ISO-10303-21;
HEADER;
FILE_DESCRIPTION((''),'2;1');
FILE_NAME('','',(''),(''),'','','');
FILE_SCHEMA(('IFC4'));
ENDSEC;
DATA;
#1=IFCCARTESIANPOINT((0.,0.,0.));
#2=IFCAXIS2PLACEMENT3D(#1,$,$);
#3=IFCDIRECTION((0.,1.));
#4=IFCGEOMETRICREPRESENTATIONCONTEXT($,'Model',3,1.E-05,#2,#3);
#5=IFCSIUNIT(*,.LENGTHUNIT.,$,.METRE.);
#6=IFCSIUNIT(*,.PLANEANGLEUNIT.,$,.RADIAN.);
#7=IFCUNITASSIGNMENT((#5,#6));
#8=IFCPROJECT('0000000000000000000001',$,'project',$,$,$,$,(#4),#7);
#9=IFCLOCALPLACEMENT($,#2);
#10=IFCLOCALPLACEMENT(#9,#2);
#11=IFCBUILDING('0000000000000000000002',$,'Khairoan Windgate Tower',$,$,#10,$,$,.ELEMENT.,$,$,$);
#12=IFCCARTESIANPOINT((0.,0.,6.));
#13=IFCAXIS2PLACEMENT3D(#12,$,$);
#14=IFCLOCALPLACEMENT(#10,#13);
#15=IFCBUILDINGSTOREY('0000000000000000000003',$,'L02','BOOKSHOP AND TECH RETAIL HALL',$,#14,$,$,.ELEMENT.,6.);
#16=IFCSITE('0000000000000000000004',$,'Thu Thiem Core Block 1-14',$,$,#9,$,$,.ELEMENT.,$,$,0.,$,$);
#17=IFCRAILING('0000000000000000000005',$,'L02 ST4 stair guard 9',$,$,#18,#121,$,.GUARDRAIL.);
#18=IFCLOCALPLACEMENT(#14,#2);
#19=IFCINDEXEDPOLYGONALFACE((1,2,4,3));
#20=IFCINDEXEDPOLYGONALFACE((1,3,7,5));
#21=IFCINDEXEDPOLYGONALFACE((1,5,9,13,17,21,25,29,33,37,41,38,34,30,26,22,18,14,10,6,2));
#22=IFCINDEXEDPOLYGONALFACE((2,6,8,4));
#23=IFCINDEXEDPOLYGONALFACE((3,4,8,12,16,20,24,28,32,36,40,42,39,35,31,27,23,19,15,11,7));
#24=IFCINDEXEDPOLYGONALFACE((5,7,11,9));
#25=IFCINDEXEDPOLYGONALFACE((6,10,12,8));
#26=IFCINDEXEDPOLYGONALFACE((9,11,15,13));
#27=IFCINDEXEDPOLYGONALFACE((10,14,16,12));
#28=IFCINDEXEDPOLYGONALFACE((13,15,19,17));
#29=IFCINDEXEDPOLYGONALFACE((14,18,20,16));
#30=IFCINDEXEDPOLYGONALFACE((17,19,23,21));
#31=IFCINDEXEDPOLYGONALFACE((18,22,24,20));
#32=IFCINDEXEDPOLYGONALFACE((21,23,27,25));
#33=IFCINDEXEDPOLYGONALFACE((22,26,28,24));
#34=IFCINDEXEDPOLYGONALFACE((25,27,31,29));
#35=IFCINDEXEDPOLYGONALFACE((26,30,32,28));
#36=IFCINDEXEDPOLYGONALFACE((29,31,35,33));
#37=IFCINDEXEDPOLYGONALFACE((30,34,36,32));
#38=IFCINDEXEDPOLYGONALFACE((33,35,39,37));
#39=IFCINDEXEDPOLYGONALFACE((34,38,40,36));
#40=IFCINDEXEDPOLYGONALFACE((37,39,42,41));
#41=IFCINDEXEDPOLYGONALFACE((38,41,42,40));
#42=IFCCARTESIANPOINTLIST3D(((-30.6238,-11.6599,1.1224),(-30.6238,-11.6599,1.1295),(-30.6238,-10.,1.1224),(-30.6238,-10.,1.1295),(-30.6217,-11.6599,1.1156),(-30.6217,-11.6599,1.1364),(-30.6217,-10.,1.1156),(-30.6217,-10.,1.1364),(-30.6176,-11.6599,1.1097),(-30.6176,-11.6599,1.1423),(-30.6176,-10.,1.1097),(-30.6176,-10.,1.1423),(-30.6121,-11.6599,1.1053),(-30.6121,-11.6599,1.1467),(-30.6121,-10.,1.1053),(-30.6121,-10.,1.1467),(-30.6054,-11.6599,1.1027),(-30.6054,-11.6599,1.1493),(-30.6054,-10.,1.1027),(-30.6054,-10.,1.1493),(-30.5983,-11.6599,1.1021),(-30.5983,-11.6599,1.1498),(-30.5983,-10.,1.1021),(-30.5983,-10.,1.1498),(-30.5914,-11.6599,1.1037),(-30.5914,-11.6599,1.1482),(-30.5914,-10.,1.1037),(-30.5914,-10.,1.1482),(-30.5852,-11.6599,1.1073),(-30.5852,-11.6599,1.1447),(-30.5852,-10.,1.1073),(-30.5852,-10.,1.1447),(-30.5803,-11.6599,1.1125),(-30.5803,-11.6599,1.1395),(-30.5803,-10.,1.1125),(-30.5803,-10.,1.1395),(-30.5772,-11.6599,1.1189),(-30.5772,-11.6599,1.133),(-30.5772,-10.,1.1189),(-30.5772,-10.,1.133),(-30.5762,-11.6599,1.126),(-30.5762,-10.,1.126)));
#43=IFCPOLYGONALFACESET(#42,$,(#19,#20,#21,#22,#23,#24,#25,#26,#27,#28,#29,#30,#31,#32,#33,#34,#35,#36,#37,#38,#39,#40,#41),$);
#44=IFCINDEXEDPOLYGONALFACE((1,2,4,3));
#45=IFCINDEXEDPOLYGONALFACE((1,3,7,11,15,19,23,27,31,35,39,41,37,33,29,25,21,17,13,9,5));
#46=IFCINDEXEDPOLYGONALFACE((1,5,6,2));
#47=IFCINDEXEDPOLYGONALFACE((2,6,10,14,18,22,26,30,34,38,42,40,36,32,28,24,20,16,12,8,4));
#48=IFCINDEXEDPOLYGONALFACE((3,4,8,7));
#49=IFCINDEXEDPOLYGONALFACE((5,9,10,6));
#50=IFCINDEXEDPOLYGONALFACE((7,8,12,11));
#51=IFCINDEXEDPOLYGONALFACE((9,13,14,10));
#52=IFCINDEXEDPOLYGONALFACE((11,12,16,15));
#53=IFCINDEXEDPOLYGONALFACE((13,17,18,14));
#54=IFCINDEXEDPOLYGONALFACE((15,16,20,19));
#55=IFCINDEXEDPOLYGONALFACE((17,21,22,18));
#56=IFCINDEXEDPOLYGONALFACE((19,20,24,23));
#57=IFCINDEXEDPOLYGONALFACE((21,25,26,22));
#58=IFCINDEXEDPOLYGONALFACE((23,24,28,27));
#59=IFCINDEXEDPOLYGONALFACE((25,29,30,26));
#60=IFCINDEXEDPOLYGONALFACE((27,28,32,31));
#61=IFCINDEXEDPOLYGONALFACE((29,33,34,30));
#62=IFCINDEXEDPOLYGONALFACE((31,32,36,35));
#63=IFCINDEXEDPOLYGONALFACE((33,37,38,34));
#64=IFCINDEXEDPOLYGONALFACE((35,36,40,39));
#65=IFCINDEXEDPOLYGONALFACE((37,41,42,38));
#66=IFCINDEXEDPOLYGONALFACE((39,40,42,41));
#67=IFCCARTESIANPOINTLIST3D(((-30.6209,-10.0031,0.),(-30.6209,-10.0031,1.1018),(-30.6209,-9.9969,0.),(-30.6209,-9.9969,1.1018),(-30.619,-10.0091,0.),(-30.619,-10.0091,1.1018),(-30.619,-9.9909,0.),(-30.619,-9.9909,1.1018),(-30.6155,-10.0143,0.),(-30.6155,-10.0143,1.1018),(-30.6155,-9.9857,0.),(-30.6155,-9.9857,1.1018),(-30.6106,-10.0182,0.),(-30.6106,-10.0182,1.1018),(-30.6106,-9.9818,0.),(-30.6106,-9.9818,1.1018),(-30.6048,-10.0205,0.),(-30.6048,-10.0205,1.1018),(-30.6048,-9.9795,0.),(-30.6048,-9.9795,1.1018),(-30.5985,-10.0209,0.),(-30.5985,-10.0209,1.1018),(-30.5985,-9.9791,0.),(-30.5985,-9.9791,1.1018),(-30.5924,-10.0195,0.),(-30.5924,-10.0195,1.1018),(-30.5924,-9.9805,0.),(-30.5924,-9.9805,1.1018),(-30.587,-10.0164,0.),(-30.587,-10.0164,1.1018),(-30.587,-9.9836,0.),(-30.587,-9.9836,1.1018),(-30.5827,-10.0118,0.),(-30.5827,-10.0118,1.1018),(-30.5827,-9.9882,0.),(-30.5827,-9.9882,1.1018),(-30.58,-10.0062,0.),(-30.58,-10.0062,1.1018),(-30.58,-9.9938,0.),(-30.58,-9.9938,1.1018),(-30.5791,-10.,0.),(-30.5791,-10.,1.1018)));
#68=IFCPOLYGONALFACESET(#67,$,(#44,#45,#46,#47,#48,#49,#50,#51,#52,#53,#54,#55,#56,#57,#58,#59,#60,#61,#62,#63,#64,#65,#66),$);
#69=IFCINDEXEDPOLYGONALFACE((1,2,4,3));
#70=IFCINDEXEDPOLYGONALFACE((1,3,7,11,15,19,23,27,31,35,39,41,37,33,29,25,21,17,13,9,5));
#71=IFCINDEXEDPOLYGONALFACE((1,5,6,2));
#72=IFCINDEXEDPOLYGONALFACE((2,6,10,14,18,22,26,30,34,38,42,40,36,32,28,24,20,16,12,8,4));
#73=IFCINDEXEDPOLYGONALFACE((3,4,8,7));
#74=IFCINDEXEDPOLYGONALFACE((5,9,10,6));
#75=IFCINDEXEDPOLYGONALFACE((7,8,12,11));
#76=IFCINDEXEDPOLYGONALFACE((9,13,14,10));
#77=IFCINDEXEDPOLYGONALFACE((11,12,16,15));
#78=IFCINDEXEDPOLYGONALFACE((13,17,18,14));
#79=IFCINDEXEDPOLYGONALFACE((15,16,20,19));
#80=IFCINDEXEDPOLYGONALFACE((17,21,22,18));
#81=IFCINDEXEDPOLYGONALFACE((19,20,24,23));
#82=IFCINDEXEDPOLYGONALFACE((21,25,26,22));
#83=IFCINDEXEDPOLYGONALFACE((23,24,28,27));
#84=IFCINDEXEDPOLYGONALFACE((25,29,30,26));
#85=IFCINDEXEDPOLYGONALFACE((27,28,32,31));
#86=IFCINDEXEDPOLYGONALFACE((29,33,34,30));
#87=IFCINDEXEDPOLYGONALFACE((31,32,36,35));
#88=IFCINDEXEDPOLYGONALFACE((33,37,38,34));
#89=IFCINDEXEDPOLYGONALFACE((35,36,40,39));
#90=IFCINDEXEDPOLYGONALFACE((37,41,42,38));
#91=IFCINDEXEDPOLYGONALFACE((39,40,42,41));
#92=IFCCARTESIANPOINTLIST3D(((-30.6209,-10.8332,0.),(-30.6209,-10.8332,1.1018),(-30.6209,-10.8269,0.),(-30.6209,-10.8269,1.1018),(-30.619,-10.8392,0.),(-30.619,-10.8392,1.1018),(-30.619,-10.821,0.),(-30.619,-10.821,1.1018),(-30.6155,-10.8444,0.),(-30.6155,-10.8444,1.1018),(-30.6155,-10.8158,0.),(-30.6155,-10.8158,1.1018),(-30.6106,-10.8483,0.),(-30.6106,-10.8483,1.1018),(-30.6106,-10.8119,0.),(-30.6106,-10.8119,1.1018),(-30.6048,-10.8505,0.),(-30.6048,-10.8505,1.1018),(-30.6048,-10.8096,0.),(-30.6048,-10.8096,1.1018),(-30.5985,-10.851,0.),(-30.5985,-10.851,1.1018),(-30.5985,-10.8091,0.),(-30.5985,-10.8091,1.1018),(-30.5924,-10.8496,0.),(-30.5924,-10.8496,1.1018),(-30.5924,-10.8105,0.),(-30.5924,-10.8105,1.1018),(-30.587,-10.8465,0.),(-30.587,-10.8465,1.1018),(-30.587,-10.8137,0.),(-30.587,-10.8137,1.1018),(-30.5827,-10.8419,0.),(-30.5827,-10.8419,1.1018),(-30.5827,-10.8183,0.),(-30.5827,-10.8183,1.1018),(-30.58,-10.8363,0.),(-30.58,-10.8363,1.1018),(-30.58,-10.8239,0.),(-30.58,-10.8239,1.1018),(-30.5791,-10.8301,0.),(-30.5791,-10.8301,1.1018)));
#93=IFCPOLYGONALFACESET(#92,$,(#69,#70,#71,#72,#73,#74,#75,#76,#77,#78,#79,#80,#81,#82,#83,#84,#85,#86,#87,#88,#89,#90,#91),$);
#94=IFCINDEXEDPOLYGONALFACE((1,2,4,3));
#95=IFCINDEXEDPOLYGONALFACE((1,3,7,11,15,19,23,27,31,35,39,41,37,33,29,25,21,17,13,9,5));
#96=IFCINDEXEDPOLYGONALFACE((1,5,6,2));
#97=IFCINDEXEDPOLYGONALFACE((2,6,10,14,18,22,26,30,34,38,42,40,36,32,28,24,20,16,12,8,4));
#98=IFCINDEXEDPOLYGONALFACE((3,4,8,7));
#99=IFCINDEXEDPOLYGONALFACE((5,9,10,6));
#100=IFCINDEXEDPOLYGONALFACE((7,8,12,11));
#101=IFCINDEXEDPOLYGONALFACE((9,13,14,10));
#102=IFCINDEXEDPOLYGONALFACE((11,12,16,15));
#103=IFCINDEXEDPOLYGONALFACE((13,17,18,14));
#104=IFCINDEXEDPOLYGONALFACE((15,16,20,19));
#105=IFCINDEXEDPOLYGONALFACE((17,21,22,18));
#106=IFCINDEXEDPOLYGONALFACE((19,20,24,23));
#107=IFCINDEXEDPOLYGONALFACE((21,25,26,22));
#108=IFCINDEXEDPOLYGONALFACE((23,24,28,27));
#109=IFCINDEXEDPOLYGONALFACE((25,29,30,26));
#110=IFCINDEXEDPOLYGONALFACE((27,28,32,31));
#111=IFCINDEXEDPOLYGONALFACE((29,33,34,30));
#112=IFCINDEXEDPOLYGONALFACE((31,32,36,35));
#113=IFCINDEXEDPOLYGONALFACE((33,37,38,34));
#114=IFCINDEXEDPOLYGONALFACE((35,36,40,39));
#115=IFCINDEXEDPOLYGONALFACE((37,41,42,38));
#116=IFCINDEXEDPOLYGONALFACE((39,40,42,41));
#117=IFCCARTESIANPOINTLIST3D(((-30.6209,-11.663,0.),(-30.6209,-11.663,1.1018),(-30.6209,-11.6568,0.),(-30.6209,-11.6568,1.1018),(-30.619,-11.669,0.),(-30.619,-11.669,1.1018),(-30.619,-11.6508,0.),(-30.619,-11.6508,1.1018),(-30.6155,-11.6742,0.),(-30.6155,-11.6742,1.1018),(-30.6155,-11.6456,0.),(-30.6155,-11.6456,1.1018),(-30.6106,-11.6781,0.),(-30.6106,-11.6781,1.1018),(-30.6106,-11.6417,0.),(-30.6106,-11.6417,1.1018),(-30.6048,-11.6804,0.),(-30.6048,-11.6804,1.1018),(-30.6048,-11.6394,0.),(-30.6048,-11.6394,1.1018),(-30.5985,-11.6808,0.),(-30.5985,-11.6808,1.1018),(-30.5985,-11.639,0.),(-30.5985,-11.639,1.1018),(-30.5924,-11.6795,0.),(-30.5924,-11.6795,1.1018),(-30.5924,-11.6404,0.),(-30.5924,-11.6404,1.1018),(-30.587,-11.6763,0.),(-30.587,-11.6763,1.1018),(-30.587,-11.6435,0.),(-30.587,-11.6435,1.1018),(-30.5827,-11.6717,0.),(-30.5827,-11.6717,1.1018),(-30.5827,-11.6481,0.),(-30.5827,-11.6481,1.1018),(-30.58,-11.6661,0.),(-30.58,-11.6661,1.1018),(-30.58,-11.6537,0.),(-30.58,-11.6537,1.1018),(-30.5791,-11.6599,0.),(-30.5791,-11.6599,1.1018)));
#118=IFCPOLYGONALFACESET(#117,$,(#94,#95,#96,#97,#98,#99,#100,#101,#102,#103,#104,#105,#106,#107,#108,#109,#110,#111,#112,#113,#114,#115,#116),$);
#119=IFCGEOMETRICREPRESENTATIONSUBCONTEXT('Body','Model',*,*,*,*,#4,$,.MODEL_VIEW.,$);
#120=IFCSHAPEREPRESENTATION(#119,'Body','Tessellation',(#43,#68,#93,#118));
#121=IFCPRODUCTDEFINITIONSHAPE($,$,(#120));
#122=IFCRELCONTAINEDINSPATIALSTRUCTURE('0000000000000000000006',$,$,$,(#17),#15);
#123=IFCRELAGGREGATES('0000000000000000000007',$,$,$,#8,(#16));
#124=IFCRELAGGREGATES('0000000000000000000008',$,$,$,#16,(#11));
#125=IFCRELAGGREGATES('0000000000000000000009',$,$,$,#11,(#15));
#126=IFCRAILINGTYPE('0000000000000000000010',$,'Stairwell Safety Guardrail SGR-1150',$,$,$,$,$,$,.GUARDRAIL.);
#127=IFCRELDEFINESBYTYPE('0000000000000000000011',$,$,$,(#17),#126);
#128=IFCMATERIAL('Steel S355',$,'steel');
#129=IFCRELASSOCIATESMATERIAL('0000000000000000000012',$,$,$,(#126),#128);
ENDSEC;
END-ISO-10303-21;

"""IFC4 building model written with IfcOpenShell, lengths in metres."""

from ifc_helpers import new_model, si_unit, direction, frame, origin, origin_2d, place, context, subcontext, project, spatial, circle, extrude, material, type_object, element, save


model = new_model("IFC4")

# Units and contexts
model_context = context("Model", 3, precision=1e-05, world=origin(), true_north=direction((0.0, 1.0)))
body_context = subcontext(model_context, "Body", "Model", "MODEL_VIEW")
ifc_project = project(units=[si_unit("LENGTHUNIT", "METRE"), si_unit("PLANEANGLEUNIT", "RADIAN")], contexts=[model_context])

# Site, building, storey
site_placement = place(None, origin())
site = spatial("IfcSite", under=ifc_project, at=site_placement, Name="Thu Thiem Core Block 1-14", CompositionType="ELEMENT", RefElevation=0.0)
building_placement = place(site_placement, origin())
building = spatial("IfcBuilding", under=site, at=building_placement, Name="Khairoan Windgate Tower", CompositionType="ELEMENT")
storey_placement = place(building_placement, frame((0.0, 0.0, 6.0)))
storey = spatial("IfcBuildingStorey", under=building, at=storey_placement, Name="L02", Description="BOOKSHOP AND TECH RETAIL HALL", CompositionType="ELEMENT", Elevation=6.0)

# Railing
ifc_material_1 = material(Name="Steel S355", Category="steel")
railing_type = type_object("IfcRailingType", Name="Stairwell Safety Guardrail SGR-1150", PredefinedType="GUARDRAIL", material=ifc_material_1)
railing_1_placement = place(storey_placement, frame((-30.6001, -10.0, 0.0)))
element("IfcRailing", 1, at=railing_1_placement, inside=storey, type_object=railing_type, Name="L02 ST4 stair guard 9", PredefinedType="GUARDRAIL", context=body_context, shape_type="SweptSolid", body=[
    extrude(circle(Radius=0.0239, at=origin_2d()), frame((0.0, 0.0, 1.126), z_axis=(0.0, -1.0, 0.0), x_axis=(1.0, 0.0, 0.0)), (0.0, 0.0, 1.0), 1.6599),
    extrude(circle(Radius=0.021, at=origin_2d()), origin(), (0.0, 0.0, 1.0), 1.1018),
    extrude(circle(Radius=0.021, at=origin_2d()), frame((0.0, -0.8301, 0.0)), (0.0, 0.0, 1.0), 1.1018),
    extrude(circle(Radius=0.021, at=origin_2d()), frame((0.0, -1.6599, 0.0)), (0.0, 0.0, 1.0), 1.1018),
])

save(model, "model.ifc")
